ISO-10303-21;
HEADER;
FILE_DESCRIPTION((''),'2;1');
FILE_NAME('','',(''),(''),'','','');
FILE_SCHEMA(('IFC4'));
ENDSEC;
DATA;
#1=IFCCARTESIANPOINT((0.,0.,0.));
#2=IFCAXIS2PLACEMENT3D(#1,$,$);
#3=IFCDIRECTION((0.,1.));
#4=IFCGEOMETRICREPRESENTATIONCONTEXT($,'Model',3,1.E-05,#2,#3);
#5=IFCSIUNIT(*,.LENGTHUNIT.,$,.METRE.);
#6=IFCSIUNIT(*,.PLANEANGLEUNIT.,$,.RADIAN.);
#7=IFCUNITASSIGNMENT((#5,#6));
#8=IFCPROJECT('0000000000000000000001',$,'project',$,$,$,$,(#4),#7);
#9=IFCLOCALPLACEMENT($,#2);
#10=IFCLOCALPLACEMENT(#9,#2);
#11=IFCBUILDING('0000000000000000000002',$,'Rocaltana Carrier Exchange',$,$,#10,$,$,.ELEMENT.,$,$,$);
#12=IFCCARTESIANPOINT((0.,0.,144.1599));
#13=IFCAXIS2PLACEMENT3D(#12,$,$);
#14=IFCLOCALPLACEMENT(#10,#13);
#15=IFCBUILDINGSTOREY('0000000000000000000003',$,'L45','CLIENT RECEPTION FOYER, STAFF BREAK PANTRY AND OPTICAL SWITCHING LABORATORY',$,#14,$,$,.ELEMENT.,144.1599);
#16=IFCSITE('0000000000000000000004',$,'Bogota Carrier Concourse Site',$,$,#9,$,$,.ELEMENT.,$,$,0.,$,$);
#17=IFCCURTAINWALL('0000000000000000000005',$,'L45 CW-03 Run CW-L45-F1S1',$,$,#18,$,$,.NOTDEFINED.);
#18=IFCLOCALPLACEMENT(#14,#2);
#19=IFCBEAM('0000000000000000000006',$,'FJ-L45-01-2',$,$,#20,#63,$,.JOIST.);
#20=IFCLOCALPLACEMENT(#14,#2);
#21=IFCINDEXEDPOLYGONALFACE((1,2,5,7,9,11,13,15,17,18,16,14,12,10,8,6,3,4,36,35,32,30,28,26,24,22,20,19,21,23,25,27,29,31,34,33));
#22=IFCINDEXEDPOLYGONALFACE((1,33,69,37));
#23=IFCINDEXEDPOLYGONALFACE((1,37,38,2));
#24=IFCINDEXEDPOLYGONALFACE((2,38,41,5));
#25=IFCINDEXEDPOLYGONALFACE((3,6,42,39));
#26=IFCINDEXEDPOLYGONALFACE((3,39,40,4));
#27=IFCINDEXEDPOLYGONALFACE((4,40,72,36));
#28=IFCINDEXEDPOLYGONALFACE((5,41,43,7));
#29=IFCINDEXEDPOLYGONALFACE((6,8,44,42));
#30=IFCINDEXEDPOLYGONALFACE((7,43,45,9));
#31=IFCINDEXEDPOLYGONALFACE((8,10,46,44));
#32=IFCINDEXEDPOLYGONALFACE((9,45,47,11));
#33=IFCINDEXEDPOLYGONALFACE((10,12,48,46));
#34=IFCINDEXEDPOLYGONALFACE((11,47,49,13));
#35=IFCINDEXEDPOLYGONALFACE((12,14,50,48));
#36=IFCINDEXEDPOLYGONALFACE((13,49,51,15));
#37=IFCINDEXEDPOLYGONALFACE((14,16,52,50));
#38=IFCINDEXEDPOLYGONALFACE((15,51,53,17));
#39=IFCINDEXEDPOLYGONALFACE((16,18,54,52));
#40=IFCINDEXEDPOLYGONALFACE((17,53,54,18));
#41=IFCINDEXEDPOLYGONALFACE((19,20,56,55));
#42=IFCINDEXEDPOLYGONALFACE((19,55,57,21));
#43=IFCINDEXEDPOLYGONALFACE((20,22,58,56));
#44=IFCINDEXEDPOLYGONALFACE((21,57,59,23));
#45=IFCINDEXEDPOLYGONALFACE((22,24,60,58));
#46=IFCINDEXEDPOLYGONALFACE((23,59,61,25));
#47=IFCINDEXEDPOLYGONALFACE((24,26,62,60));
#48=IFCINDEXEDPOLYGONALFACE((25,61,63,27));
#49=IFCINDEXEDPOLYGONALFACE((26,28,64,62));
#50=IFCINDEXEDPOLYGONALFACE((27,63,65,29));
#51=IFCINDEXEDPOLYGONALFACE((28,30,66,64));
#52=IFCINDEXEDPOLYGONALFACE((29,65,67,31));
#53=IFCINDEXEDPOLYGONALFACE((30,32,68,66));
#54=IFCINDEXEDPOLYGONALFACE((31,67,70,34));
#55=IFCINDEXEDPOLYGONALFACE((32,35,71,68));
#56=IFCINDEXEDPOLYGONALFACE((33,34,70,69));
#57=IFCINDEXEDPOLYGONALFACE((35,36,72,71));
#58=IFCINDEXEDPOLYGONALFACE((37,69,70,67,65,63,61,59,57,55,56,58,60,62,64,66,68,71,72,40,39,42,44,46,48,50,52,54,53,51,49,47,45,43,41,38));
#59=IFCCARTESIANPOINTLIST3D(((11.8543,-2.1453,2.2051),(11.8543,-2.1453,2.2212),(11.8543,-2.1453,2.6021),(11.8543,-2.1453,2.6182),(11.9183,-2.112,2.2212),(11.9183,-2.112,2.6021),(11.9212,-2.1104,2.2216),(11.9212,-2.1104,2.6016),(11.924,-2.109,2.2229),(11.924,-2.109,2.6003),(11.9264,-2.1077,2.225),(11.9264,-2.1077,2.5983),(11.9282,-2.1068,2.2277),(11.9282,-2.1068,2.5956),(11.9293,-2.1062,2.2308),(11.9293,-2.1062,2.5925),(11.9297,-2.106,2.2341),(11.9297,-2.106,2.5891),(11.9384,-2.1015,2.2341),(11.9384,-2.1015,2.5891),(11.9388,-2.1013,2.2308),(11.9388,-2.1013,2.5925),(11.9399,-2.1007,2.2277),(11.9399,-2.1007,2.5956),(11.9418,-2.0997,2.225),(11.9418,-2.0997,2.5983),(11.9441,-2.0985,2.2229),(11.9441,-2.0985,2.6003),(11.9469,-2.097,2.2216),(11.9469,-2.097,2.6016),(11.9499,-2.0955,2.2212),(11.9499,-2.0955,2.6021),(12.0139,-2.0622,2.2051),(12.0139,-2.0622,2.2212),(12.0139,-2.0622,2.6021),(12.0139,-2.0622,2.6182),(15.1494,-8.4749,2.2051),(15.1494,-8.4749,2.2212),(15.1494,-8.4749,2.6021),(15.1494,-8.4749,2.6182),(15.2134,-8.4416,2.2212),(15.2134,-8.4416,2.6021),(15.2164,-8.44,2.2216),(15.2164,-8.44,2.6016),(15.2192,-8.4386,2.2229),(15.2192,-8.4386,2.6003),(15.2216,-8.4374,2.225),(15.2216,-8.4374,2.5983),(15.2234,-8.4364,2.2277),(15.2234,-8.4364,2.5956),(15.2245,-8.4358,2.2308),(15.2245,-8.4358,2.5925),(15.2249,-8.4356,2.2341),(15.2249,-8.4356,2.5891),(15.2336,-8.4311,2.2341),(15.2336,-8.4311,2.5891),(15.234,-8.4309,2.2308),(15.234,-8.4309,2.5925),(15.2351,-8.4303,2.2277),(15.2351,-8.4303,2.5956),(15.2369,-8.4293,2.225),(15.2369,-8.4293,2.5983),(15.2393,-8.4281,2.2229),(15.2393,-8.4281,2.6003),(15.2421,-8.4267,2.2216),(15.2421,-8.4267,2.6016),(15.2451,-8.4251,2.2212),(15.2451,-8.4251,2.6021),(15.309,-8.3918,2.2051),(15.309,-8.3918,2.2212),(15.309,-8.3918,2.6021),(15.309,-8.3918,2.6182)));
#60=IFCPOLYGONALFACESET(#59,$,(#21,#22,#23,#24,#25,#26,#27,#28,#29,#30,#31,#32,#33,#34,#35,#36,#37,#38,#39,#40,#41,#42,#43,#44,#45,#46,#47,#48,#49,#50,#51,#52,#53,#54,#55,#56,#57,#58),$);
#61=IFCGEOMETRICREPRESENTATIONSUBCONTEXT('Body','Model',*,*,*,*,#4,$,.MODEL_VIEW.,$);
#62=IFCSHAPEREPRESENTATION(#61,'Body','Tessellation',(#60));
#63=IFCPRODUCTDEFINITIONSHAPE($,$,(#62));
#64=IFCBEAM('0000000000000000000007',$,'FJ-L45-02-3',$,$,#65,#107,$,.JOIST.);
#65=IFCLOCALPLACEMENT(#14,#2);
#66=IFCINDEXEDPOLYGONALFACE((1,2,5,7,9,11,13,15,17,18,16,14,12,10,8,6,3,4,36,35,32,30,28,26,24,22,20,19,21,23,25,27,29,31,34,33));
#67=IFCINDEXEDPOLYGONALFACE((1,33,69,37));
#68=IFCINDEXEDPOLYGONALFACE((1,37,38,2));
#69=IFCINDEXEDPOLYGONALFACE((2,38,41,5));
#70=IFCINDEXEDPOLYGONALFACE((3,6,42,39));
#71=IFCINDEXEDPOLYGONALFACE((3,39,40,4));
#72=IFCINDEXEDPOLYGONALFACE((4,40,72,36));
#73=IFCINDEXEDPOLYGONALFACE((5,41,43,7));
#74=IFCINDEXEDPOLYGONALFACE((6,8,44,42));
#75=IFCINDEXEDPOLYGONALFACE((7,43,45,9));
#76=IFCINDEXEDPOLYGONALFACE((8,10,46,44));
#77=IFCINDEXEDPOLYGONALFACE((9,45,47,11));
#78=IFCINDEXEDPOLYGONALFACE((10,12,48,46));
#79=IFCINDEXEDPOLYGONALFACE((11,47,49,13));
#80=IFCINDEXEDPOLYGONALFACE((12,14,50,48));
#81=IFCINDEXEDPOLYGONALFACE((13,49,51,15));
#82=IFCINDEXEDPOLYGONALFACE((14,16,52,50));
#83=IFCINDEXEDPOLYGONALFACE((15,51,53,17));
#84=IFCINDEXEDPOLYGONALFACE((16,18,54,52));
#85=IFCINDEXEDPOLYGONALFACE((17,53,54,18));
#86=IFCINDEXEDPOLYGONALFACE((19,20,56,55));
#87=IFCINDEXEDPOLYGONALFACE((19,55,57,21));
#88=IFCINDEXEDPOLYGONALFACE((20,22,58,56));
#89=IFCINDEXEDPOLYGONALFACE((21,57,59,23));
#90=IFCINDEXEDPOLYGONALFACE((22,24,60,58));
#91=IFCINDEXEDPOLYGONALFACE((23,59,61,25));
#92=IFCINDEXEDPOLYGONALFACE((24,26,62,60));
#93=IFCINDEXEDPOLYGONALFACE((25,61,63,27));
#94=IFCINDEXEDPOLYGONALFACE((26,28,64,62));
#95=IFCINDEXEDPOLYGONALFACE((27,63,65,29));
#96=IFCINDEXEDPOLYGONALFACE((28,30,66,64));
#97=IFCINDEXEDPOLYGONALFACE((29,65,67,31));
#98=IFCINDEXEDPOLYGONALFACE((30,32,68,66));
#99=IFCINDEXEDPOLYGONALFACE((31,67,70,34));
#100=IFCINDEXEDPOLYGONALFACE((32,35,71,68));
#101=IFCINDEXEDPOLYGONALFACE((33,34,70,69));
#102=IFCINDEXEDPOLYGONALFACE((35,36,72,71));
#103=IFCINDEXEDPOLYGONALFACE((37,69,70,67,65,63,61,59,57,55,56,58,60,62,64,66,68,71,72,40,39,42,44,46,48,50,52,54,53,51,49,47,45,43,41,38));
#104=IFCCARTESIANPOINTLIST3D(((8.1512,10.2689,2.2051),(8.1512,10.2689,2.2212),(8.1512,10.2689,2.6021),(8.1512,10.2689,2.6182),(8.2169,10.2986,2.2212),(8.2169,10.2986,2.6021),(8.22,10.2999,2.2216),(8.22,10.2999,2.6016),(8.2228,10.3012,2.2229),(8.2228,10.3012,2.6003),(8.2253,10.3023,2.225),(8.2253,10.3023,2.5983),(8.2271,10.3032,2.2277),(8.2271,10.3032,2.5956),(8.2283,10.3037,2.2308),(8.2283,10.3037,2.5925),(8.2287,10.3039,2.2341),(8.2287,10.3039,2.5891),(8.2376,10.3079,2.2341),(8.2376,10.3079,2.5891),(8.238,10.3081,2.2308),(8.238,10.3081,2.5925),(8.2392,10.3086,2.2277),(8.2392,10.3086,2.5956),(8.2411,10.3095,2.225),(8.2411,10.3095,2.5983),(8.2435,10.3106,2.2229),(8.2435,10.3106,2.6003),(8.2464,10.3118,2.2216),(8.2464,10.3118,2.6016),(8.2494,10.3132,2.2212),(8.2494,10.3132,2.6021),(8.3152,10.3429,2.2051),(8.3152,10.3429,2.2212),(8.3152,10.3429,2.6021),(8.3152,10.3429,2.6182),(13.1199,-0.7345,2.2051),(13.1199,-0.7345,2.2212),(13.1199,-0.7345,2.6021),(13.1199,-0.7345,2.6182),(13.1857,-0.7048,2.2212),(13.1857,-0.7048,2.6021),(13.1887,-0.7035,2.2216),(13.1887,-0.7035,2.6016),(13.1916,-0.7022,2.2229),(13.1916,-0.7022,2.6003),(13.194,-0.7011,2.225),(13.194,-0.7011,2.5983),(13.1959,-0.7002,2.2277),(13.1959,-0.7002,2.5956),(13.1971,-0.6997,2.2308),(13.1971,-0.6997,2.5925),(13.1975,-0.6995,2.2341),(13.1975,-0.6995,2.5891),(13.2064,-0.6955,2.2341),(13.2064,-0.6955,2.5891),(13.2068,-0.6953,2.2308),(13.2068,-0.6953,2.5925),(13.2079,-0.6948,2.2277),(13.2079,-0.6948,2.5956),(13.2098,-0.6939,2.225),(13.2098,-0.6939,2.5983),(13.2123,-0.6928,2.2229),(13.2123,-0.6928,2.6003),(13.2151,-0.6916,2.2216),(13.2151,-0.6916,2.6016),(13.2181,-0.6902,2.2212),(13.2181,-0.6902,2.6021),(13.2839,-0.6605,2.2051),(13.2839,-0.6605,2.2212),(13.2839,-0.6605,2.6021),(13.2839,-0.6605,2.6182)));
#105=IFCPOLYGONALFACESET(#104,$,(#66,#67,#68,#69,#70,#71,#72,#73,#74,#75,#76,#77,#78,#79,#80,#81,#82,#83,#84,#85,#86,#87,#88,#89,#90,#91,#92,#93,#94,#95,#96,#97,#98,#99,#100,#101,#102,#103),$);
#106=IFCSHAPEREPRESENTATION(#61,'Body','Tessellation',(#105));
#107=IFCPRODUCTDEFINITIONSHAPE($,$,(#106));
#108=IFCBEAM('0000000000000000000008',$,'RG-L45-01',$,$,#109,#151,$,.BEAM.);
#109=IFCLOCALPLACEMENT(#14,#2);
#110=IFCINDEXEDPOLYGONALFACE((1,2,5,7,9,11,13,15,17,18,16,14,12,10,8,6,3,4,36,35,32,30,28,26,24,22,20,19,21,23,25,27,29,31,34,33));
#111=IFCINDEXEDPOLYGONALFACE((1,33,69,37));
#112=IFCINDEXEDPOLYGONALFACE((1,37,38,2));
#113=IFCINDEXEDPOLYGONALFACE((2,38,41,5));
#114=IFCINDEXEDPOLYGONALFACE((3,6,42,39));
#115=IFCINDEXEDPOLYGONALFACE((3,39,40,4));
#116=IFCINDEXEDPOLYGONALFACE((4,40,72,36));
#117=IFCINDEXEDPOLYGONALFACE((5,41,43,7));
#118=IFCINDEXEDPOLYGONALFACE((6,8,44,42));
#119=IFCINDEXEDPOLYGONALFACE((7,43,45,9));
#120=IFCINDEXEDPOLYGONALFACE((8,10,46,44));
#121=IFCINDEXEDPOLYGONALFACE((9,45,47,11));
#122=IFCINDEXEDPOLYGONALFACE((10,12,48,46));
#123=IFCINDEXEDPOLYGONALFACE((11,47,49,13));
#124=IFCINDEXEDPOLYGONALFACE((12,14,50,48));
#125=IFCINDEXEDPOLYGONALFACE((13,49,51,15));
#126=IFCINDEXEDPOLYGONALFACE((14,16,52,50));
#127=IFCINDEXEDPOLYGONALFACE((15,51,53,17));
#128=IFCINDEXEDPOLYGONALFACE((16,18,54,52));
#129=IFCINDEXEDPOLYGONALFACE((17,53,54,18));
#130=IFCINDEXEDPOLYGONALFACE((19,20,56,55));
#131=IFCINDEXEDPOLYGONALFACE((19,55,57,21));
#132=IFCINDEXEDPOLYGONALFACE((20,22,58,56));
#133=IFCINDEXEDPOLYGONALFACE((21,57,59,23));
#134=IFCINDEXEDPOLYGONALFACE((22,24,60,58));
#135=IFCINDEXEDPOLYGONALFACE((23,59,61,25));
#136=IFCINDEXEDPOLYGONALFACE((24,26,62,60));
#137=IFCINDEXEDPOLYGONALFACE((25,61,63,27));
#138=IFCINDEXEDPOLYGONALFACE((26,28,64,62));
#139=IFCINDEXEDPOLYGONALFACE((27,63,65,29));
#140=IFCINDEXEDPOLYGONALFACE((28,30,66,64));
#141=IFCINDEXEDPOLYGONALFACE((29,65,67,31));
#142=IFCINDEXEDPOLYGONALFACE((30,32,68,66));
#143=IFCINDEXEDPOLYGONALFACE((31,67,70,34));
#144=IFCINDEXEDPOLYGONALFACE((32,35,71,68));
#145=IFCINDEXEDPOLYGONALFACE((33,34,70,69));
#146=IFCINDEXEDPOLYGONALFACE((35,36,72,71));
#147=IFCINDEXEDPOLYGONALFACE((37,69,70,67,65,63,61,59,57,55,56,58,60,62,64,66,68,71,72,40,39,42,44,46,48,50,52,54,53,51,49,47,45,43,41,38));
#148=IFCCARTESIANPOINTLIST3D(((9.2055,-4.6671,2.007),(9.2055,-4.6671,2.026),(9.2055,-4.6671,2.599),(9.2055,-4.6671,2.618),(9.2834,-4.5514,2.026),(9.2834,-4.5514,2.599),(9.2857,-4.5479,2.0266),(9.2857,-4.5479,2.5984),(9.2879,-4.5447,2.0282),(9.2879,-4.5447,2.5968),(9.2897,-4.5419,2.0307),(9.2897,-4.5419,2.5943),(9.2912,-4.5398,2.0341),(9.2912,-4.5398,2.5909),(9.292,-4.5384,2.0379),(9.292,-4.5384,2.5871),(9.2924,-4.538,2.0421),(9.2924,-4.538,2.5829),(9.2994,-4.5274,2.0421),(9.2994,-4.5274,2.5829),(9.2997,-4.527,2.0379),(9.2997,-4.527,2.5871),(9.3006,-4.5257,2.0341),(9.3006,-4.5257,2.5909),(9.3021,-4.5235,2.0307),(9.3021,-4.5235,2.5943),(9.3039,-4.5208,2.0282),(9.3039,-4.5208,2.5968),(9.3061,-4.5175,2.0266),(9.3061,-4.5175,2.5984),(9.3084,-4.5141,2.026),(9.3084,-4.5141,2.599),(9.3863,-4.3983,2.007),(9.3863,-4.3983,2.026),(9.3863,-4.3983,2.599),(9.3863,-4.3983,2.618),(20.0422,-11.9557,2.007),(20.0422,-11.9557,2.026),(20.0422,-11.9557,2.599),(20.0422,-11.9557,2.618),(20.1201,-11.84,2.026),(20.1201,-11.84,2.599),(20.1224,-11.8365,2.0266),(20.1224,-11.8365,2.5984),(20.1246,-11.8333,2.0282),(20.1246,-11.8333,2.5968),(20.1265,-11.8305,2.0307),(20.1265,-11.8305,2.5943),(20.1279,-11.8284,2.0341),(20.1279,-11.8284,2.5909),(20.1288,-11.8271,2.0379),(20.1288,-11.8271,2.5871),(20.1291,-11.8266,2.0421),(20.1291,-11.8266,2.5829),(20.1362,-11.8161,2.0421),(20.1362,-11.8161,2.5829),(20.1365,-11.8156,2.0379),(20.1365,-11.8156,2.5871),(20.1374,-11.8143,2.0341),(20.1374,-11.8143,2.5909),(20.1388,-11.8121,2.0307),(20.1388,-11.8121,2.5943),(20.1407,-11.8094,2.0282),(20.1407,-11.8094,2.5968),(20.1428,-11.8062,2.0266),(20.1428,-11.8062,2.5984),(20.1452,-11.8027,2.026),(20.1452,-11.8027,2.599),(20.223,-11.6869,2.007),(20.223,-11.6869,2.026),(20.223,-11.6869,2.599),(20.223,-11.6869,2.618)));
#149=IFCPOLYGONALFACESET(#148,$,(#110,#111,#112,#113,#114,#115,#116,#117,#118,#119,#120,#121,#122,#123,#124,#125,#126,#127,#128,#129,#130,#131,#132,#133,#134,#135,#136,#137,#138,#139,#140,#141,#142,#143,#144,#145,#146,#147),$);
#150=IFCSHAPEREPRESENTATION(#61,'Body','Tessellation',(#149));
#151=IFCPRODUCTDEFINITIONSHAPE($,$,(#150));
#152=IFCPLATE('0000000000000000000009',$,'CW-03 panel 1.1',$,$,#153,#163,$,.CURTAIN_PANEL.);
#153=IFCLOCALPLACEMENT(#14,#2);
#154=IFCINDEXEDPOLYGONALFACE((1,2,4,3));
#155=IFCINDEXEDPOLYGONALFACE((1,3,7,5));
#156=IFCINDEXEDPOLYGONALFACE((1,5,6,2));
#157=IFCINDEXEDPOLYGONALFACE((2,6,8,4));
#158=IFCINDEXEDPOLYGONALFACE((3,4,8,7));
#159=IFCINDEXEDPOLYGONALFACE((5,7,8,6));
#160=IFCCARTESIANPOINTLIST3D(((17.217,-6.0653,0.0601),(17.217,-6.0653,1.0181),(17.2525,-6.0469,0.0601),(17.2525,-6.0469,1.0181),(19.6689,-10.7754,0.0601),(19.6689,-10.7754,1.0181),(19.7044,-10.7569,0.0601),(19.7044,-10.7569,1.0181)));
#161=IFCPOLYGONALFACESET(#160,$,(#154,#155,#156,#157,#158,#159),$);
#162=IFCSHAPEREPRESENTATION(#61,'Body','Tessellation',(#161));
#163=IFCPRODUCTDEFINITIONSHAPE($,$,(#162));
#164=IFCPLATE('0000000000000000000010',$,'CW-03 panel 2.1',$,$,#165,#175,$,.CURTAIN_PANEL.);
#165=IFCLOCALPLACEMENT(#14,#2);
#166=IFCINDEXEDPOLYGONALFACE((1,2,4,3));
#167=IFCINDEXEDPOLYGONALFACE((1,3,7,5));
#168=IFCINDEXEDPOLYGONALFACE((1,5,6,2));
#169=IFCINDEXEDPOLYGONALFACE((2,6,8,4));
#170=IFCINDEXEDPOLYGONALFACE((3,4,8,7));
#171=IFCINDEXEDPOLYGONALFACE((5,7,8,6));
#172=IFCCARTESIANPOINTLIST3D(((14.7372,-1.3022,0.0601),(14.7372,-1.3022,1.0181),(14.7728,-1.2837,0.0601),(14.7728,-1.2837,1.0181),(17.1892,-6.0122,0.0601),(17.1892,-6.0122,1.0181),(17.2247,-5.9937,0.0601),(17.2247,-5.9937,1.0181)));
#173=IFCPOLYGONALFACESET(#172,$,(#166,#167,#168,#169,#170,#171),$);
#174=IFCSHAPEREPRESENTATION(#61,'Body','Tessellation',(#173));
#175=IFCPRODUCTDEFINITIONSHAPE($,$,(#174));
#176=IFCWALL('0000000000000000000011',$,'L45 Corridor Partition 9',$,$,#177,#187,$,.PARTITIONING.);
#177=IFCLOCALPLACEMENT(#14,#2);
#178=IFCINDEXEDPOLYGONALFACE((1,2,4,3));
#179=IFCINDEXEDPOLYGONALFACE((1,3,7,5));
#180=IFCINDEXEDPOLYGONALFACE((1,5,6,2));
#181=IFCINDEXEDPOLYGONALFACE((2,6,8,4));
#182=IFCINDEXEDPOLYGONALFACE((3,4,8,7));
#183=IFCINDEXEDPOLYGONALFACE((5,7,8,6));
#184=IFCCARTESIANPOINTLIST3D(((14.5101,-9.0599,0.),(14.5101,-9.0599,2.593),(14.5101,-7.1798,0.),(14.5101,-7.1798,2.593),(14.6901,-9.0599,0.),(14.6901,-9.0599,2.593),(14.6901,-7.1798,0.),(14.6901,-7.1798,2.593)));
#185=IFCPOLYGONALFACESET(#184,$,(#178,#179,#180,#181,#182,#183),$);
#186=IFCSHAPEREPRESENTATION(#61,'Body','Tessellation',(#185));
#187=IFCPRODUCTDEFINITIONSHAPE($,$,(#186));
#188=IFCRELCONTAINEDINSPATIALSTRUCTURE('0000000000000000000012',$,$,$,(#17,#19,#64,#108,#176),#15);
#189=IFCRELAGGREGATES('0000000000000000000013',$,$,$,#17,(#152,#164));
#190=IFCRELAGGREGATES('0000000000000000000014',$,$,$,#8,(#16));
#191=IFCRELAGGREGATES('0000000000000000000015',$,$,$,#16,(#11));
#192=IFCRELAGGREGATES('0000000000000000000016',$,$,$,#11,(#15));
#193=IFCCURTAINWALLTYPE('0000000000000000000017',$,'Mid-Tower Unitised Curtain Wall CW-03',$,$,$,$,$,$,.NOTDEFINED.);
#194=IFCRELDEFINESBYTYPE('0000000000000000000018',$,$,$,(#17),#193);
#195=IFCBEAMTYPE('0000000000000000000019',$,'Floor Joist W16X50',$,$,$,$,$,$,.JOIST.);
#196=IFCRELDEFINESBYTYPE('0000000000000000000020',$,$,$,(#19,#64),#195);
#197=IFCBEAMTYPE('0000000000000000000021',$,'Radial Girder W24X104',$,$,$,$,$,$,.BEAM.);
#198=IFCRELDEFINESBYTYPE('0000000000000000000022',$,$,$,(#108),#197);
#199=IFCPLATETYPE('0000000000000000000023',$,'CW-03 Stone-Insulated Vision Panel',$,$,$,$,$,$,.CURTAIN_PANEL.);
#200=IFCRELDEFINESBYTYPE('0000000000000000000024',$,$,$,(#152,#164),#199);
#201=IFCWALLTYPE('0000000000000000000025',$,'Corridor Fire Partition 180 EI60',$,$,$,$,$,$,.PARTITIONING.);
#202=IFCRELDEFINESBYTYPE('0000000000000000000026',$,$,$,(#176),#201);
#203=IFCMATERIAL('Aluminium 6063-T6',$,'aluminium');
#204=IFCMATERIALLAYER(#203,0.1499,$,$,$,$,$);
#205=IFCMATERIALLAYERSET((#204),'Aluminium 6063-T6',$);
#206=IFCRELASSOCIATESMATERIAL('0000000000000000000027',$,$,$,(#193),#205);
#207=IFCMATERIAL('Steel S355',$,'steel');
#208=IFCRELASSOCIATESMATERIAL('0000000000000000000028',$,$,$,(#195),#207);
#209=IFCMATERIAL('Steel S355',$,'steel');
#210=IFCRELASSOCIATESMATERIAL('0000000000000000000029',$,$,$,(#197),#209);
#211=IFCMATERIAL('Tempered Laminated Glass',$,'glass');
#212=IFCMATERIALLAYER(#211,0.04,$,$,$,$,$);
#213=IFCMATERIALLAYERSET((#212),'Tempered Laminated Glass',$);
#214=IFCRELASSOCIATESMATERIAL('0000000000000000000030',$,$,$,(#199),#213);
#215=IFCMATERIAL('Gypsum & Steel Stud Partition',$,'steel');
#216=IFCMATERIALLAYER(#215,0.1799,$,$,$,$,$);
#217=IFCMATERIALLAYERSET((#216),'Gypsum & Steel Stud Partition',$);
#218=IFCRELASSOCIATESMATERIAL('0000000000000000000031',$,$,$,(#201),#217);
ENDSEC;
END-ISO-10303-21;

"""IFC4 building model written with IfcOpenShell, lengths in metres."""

from ifc_helpers import new_model, si_unit, direction, frame, frame_2d, origin, origin_2d, place, context, subcontext, project, spatial, rectangle, i_section, extrude, material, layer, layer_set, material_profile, profile_set, type_object, element, aggregate, save


model = new_model("IFC4")

# Units and contexts
model_context = context("Model", 3, precision=1e-05, world=origin(), true_north=direction((0.0, 1.0)))
body_context = subcontext(model_context, "Body", "Model", "MODEL_VIEW")
ifc_project = project(units=[si_unit("LENGTHUNIT", "METRE"), si_unit("PLANEANGLEUNIT", "RADIAN")], contexts=[model_context])

# Site, building, storey
site_placement = place(None, origin())
site = spatial("IfcSite", under=ifc_project, at=site_placement, Name="Bogota Carrier Concourse Site", CompositionType="ELEMENT", RefElevation=0.0)
building_placement = place(site_placement, origin())
building = spatial("IfcBuilding", under=site, at=building_placement, Name="Rocaltana Carrier Exchange", CompositionType="ELEMENT")
storey_placement = place(building_placement, frame((0.0, 0.0, 144.1599)))
storey = spatial("IfcBuildingStorey", under=building, at=storey_placement, Name="L45", Description="CLIENT RECEPTION FOYER, STAFF BREAK PANTRY AND OPTICAL SWITCHING LABORATORY", CompositionType="ELEMENT", Elevation=144.1599)

# Curtain wall
ifc_material_1 = material(Name="Aluminium 6063-T6", Category="aluminium")
ifc_layer_1 = layer(ifc_material_1, 0.1499)
ifc_layer_set_1 = layer_set([ifc_layer_1], Name="Aluminium 6063-T6")
curtain_wall_type = type_object("IfcCurtainWallType", Name="Mid-Tower Unitised Curtain Wall CW-03", PredefinedType="NOTDEFINED", material=ifc_layer_set_1)
curtain_wall_placement = place(storey_placement, origin())
curtain_wall = element("IfcCurtainWall", 1, at=curtain_wall_placement, inside=storey, type_object=curtain_wall_type, Name="L45 CW-03 Run CW-L45-F1S1", PredefinedType="NOTDEFINED")

# Beams
ifc_material_2 = material(Name="Steel S355", Category="steel")
ifc_material_profile_1 = material_profile(ifc_material_2, i_section(OverallWidth=0.1799, OverallDepth=0.4131, WebThickness=0.0098, FlangeThickness=0.0161, FilletRadius=0.0129, at=origin_2d()), Name="W16X50")
ifc_profile_set_1 = profile_set([ifc_material_profile_1], Name="Steel S355")
beam_type_1 = type_object("IfcBeamType", Name="Floor Joist W16X50", PredefinedType="JOIST", material=ifc_profile_set_1)
beam_1_placement = place(storey_placement, frame((15.2292, -8.4333, 2.4116), z_axis=(-0.46177, 0.887, 0.0), x_axis=(-0.887, -0.46177, 0.0)))
element("IfcBeam", 2, at=beam_1_placement, inside=storey, type_object=beam_type_1, Name="FJ-L45-01-2", PredefinedType="JOIST", context=body_context, shape_type="SweptSolid", body=[
    extrude(i_section(OverallWidth=0.1799, OverallDepth=0.4131, WebThickness=0.0098, FlangeThickness=0.0161, FilletRadius=0.0129, at=origin_2d()), origin(), (0.0, 0.0, 1.0), 7.136),
])
beam_2_placement = place(storey_placement, frame((13.2019, -0.6975, 2.4116), z_axis=(-0.41155, 0.911387, 0.0), x_axis=(-0.911387, -0.41155, 0.0)))
element("IfcBeam", 3, at=beam_2_placement, inside=storey, type_object=beam_type_1, Name="FJ-L45-02-3", PredefinedType="JOIST", context=body_context, shape_type="SweptSolid", body=[
    extrude(i_section(OverallWidth=0.1799, OverallDepth=0.4131, WebThickness=0.0098, FlangeThickness=0.0161, FilletRadius=0.0129, at=origin_2d()), origin(), (0.0, 0.0, 1.0), 12.0732),
])
ifc_material_3 = material(Name="Steel S355", Category="steel")
ifc_material_profile_2 = material_profile(ifc_material_3, i_section(OverallWidth=0.324, OverallDepth=0.6111, WebThickness=0.0127, FlangeThickness=0.019, FilletRadius=0.0161, at=origin_2d()), Name="W24X104")
ifc_profile_set_2 = profile_set([ifc_material_profile_2], Name="Steel S355")
beam_type_2 = type_object("IfcBeamType", Name="Radial Girder W24X104", PredefinedType="BEAM", material=ifc_profile_set_2)
beam_3_placement = place(storey_placement, frame((9.2959, -4.5327, 2.3125), z_axis=(0.829777, -0.558095, 0.0), x_axis=(0.558095, 0.829777, 0.0)))
element("IfcBeam", 4, at=beam_3_placement, inside=storey, type_object=beam_type_2, Name="RG-L45-01", PredefinedType="BEAM", context=body_context, shape_type="SweptSolid", body=[
    extrude(i_section(OverallWidth=0.324, OverallDepth=0.6111, WebThickness=0.0127, FlangeThickness=0.019, FilletRadius=0.0161, at=origin_2d()), origin(), (0.0, 0.0, 1.0), 13.0598),
])

# Plates
ifc_material_4 = material(Name="Tempered Laminated Glass", Category="glass")
ifc_layer_2 = layer(ifc_material_4, 0.04)
ifc_layer_set_2 = layer_set([ifc_layer_2], Name="Tempered Laminated Glass")
plate_type = type_object("IfcPlateType", Name="CW-03 Stone-Insulated Vision Panel", PredefinedType="CURTAIN_PANEL", material=ifc_layer_set_2)
plate_1_placement = place(storey_placement, frame((18.4607, -8.4111, 0.0601), z_axis=(0.0, 0.0, 1.0), x_axis=(-0.46175, 0.88701, 0.0)))
plate_1 = element("IfcPlate", 5, at=plate_1_placement, type_object=plate_type, Name="CW-03 panel 1.1", PredefinedType="CURTAIN_PANEL", context=body_context, shape_type="SweptSolid", body=[
    extrude(rectangle(XDim=5.3101, YDim=0.04, at=origin_2d()), origin(), (0.0, 0.0, 1.0), 0.958),
])
plate_2_placement = place(storey_placement, frame((15.981, -3.6479, 0.0601), z_axis=(0.0, 0.0, 1.0), x_axis=(-0.46175, 0.88701, 0.0)))
plate_2 = element("IfcPlate", 6, at=plate_2_placement, type_object=plate_type, Name="CW-03 panel 2.1", PredefinedType="CURTAIN_PANEL", context=body_context, shape_type="SweptSolid", body=[
    extrude(rectangle(XDim=5.3101, YDim=0.04, at=origin_2d()), origin(), (0.0, 0.0, 1.0), 0.958),
])
aggregate(curtain_wall, [plate_1, plate_2])

# Wall
ifc_material_5 = material(Name="Gypsum & Steel Stud Partition", Category="steel")
ifc_layer_3 = layer(ifc_material_5, 0.1799)
ifc_layer_set_3 = layer_set([ifc_layer_3], Name="Gypsum & Steel Stud Partition")
wall_type_1 = type_object("IfcWallType", Name="Corridor Fire Partition 180 EI60", PredefinedType="PARTITIONING", material=ifc_layer_set_3)
wall_1_placement = place(storey_placement, frame((14.6001, -7.1799, 0.0), z_axis=(0.0, 0.0, 1.0), x_axis=(0.0, -1.0, 0.0)))
element("IfcWall", 7, at=wall_1_placement, inside=storey, type_object=wall_type_1, Name="L45 Corridor Partition 9", PredefinedType="PARTITIONING", context=body_context, shape_type="SweptSolid", body=[
    extrude(rectangle(XDim=1.8801, YDim=0.1799, at=frame_2d((0.9399, 0.0))), origin(), (0.0, 0.0, 1.0), 2.593),
])

save(model, "model.ifc")
